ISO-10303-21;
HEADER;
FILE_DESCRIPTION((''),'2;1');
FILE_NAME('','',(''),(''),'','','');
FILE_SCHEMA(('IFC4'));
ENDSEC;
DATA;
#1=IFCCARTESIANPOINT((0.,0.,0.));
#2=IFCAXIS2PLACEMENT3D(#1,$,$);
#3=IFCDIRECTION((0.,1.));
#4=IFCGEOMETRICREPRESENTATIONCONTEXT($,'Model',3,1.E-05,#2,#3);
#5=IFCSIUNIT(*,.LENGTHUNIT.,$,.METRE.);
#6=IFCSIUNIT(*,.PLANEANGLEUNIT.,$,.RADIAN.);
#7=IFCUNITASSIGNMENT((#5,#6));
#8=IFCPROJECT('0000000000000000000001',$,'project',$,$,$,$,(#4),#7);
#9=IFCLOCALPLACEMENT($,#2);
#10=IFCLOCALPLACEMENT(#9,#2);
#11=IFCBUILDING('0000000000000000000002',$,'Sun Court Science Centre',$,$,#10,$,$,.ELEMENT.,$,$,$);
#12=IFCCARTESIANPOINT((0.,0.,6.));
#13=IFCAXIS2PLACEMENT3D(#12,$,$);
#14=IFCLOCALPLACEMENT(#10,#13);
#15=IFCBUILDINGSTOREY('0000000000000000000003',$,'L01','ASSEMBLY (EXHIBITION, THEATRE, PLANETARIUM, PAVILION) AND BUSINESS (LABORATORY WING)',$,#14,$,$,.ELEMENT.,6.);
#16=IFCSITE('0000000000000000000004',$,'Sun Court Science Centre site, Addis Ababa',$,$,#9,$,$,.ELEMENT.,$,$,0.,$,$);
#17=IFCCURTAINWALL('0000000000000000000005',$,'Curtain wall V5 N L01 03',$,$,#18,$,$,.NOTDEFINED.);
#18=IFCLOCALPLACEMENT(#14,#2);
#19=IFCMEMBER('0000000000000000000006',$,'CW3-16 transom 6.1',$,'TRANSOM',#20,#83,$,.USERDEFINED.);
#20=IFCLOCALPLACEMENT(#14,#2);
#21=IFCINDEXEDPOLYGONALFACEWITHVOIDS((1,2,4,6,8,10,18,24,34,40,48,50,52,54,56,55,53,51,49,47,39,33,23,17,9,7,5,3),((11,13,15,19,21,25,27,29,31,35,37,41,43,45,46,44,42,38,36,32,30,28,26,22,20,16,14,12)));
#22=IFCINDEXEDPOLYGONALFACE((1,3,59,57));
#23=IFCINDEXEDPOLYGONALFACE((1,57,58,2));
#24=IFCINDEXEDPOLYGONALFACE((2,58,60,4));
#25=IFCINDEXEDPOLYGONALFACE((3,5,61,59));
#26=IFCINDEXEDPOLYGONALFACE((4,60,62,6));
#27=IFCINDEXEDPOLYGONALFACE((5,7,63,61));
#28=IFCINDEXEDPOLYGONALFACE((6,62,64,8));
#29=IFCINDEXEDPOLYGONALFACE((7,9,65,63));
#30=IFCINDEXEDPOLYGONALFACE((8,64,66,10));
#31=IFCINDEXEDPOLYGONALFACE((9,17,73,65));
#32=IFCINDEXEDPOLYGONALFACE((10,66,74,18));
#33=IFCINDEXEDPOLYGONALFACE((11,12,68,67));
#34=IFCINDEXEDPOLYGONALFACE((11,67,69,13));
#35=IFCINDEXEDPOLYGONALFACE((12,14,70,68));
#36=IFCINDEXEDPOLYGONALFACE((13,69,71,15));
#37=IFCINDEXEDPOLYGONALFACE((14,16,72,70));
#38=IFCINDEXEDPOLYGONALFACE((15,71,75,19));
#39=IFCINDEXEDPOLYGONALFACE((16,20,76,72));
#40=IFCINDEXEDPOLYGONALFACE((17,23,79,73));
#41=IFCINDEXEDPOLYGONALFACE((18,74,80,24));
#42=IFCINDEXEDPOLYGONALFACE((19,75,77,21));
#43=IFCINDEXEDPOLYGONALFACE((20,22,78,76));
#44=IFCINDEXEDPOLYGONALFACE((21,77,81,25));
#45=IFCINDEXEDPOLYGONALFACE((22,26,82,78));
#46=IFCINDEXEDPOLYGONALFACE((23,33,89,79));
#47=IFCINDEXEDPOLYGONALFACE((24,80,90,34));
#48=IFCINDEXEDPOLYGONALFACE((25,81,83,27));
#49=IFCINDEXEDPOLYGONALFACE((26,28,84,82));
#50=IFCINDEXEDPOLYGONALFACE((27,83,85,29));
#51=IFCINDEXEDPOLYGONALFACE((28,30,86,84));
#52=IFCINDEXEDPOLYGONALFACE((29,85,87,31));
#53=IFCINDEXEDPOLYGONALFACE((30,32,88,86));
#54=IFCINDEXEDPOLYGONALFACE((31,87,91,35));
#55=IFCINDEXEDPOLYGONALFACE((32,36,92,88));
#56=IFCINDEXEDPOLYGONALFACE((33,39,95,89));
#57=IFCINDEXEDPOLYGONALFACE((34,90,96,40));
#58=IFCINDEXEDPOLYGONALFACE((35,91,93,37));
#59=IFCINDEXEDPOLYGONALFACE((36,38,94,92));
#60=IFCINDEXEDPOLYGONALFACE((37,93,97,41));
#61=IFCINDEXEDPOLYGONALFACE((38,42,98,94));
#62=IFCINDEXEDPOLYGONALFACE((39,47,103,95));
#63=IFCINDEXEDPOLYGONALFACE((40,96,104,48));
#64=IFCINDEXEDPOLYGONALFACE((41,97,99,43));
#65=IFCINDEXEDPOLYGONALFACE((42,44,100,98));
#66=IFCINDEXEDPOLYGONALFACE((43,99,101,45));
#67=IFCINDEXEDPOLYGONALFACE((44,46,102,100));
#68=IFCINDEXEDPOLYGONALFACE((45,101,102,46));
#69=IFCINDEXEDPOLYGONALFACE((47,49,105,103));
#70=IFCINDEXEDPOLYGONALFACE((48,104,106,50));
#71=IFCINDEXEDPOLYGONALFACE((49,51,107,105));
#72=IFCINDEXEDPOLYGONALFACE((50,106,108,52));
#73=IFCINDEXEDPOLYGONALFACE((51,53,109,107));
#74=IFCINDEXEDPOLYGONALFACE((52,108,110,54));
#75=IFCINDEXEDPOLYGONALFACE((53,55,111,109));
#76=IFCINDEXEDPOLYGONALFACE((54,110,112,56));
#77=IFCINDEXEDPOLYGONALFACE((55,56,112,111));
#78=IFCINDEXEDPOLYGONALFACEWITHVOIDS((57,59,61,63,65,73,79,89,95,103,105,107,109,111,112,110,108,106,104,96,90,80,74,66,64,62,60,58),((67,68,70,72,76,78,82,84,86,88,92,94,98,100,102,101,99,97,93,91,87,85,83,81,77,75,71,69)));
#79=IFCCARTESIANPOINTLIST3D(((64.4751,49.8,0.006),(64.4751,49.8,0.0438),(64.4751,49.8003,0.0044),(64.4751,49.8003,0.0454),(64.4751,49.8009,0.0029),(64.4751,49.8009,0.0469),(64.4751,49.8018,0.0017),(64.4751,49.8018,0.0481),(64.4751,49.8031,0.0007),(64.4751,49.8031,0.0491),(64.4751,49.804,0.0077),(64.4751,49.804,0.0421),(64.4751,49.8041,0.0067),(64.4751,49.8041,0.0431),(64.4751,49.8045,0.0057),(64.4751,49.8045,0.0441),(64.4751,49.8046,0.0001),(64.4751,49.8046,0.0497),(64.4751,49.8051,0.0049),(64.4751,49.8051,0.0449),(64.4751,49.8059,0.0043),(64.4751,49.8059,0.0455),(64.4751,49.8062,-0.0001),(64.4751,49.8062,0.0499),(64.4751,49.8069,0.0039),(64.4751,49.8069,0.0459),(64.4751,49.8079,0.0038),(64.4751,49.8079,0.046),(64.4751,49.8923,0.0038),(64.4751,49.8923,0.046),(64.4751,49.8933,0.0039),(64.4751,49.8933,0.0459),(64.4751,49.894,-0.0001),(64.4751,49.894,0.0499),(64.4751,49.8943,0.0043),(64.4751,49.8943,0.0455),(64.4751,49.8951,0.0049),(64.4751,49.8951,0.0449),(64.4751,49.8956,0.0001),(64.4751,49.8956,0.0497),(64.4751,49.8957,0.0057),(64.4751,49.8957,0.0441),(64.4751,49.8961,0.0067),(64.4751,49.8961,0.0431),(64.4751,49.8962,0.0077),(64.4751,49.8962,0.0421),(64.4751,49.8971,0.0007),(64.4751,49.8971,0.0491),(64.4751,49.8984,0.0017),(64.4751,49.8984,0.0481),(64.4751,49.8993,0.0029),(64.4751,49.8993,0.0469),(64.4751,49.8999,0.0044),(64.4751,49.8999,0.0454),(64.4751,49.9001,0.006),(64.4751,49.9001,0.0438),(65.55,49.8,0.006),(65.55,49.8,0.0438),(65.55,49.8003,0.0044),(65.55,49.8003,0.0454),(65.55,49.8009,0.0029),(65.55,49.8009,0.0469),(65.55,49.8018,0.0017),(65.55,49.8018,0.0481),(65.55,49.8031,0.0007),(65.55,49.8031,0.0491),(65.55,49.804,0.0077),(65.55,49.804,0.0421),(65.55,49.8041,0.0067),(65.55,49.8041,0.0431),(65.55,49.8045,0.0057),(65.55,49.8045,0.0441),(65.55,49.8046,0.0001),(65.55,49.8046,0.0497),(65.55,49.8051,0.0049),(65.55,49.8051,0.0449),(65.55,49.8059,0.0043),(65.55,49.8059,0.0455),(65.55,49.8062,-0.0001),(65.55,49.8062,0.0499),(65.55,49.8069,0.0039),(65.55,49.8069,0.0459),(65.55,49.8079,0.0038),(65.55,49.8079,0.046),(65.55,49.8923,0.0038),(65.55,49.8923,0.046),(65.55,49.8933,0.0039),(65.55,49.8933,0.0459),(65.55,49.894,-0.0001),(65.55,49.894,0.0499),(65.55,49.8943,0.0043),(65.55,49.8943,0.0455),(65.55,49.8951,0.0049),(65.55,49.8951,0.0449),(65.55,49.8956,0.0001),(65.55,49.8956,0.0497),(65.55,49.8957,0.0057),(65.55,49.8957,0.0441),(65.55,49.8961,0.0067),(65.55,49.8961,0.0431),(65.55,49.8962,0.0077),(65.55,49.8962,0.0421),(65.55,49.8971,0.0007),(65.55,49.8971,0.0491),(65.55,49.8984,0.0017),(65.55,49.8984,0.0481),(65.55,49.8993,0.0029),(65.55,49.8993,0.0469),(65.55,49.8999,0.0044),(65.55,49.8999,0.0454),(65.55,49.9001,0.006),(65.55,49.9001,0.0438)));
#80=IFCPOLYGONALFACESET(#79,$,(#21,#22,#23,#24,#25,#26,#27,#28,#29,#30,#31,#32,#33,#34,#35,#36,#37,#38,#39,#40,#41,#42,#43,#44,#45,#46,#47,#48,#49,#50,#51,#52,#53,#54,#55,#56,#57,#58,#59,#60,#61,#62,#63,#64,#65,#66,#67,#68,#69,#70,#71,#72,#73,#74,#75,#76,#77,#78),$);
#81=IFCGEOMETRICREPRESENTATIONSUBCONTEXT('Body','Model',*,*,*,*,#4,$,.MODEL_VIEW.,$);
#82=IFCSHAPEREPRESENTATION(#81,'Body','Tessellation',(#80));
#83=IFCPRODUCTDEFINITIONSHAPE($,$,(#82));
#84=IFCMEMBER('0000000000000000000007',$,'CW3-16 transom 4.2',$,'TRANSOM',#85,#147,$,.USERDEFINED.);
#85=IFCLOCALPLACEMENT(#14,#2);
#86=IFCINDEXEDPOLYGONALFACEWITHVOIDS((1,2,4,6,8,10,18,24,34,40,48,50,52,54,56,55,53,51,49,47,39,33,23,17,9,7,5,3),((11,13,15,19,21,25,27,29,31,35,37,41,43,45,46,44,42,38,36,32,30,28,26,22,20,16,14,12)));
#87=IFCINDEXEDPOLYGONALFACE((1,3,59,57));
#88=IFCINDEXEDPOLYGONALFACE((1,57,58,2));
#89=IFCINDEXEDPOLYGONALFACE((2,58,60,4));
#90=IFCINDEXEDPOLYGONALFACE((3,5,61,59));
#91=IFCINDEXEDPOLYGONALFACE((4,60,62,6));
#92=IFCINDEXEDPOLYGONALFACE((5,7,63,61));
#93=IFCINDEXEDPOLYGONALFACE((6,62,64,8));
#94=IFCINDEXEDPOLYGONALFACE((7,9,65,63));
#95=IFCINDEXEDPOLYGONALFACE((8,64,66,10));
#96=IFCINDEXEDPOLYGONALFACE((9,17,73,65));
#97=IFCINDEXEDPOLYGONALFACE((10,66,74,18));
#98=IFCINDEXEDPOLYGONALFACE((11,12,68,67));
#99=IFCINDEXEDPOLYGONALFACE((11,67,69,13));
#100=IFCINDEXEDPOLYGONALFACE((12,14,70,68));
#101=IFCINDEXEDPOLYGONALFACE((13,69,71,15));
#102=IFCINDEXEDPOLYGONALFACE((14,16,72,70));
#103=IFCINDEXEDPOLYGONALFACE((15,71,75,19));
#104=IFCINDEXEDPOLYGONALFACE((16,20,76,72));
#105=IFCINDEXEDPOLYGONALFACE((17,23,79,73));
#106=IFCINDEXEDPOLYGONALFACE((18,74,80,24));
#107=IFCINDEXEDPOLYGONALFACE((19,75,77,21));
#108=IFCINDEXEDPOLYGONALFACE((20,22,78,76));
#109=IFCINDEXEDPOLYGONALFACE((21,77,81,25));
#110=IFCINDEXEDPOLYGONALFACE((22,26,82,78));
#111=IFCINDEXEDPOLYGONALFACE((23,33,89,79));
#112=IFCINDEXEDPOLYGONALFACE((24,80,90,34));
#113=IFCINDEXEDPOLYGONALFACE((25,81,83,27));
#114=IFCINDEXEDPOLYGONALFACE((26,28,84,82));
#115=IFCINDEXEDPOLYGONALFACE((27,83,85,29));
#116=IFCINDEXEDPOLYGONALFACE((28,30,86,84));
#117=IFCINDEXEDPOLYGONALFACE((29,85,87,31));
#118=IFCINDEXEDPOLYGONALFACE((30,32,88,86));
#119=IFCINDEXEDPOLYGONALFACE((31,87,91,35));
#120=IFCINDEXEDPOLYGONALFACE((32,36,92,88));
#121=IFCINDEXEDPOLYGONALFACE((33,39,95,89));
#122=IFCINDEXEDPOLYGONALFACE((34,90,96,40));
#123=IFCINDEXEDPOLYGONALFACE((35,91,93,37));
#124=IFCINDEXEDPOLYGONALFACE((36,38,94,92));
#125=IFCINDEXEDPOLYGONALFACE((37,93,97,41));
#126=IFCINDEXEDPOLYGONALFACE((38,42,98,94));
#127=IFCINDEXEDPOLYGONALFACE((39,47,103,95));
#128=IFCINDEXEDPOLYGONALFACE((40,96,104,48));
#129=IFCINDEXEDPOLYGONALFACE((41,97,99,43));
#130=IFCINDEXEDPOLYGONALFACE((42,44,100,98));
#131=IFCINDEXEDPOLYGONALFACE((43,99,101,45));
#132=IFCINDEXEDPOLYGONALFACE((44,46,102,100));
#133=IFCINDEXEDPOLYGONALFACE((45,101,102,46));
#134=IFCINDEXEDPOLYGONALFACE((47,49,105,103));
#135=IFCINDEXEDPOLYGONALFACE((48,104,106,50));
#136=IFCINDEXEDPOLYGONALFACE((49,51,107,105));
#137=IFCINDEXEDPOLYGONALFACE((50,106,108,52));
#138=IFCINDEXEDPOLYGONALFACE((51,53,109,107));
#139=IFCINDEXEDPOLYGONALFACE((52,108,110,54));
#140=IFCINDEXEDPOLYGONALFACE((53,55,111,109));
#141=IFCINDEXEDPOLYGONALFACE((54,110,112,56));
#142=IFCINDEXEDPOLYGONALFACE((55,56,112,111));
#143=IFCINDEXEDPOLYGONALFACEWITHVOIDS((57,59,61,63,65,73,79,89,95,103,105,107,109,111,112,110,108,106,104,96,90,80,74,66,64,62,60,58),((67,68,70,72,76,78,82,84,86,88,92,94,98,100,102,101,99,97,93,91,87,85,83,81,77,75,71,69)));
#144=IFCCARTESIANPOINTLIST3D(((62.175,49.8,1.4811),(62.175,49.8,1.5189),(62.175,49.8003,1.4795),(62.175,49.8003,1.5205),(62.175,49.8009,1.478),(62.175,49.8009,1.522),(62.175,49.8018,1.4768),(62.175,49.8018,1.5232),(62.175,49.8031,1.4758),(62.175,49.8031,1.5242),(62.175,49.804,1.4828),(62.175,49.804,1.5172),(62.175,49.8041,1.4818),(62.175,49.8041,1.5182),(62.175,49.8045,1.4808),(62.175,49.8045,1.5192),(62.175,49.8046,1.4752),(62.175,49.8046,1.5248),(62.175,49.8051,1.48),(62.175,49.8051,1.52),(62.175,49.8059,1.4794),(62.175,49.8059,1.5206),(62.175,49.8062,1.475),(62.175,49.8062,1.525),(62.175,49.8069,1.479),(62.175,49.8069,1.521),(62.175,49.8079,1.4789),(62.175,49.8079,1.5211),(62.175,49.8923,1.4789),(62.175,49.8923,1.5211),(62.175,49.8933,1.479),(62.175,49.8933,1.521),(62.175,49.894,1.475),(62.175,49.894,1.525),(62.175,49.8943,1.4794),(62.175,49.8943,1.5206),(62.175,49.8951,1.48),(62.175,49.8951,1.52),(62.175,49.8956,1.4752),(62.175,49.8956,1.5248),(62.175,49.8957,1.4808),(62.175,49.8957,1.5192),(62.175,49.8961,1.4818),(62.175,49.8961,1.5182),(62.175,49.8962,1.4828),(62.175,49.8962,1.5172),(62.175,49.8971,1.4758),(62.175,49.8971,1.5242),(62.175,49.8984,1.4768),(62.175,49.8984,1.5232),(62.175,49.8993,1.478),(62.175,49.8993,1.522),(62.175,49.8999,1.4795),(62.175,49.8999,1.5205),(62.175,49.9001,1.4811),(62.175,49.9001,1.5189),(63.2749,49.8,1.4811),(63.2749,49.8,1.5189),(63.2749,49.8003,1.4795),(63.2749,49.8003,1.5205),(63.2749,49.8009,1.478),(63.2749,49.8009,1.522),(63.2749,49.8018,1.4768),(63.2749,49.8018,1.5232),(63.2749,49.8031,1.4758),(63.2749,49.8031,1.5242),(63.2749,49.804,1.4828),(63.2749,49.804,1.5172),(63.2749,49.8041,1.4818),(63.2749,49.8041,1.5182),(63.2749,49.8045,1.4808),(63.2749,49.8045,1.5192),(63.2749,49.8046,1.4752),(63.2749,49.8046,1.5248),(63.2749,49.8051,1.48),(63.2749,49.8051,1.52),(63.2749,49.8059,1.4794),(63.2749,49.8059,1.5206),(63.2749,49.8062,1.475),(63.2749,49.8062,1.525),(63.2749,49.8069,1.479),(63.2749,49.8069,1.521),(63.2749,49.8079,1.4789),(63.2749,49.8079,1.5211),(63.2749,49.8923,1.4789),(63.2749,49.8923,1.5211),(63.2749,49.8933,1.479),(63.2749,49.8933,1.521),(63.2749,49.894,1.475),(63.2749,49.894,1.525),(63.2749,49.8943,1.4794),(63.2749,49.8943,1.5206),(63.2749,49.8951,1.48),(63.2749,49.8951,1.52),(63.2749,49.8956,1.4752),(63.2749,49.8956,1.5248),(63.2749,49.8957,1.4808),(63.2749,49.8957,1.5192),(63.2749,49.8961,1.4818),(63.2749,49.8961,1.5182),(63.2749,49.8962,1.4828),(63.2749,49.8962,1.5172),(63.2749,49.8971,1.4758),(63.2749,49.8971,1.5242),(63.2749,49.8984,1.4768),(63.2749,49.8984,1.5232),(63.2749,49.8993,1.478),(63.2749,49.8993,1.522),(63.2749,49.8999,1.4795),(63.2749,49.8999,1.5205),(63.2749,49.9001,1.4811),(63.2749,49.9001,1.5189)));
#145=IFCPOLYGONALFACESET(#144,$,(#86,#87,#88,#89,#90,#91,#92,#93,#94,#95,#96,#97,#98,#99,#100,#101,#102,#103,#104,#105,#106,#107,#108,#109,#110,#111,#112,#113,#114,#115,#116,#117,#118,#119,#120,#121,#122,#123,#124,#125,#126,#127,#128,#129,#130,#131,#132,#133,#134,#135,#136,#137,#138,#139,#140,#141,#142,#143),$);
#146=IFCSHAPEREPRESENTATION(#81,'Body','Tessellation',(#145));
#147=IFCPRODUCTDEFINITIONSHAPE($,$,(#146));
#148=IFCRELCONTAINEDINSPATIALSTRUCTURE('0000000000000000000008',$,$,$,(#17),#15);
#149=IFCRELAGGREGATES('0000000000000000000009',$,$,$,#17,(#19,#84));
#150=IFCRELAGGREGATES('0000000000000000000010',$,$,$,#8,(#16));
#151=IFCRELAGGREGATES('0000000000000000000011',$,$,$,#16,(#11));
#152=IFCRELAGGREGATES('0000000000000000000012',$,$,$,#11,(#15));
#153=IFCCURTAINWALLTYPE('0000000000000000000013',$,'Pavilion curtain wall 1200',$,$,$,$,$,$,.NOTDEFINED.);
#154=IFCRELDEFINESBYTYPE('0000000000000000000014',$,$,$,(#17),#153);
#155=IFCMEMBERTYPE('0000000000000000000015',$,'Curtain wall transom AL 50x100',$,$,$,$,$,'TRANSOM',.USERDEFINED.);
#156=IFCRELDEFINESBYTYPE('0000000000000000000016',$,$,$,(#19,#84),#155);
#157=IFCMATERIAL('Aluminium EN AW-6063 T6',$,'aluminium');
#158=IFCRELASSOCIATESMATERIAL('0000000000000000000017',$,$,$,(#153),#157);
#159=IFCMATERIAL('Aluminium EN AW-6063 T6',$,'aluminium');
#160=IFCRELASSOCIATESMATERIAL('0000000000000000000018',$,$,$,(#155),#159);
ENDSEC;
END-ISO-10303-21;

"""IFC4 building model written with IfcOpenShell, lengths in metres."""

from ifc_helpers import new_model, si_unit, direction, frame, origin, origin_2d, place, context, subcontext, project, spatial, hollow_rectangle, extrude, material, material_profile, profile_set, type_object, element, aggregate, save


model = new_model("IFC4")

# Units and contexts
model_context = context("Model", 3, precision=1e-05, world=origin(), true_north=direction((0.0, 1.0)))
body_context = subcontext(model_context, "Body", "Model", "MODEL_VIEW")
ifc_project = project(units=[si_unit("LENGTHUNIT", "METRE"), si_unit("PLANEANGLEUNIT", "RADIAN")], contexts=[model_context])

# Site, building, storey
site_placement = place(None, origin())
site = spatial("IfcSite", under=ifc_project, at=site_placement, Name="Sun Court Science Centre site, Addis Ababa", CompositionType="ELEMENT", RefElevation=0.0)
building_placement = place(site_placement, origin())
building = spatial("IfcBuilding", under=site, at=building_placement, Name="Sun Court Science Centre", CompositionType="ELEMENT")
storey_placement = place(building_placement, frame((0.0, 0.0, 6.0)))
storey = spatial("IfcBuildingStorey", under=building, at=storey_placement, Name="L01", Description="ASSEMBLY (EXHIBITION, THEATRE, PLANETARIUM, PAVILION) AND BUSINESS (LABORATORY WING)", CompositionType="ELEMENT", Elevation=6.0)

# Curtain wall, members
ifc_material_1 = material(Name="Aluminium EN AW-6063 T6", Category="aluminium")
curtain_wall_type = type_object("IfcCurtainWallType", Name="Pavilion curtain wall 1200", PredefinedType="NOTDEFINED", material=ifc_material_1)
curtain_wall_placement = place(storey_placement, origin())
curtain_wall = element("IfcCurtainWall", 1, at=curtain_wall_placement, inside=storey, type_object=curtain_wall_type, Name="Curtain wall V5 N L01 03", PredefinedType="NOTDEFINED")
ifc_material_2 = material(Name="Aluminium EN AW-6063 T6", Category="aluminium")
ifc_material_profile_1 = material_profile(ifc_material_2, hollow_rectangle(XDim=0.05, YDim=0.1001, WallThickness=0.0039, InnerFilletRadius=0.0039, OuterFilletRadius=0.0061, at=origin_2d()), Name="AL 50x100x4")
ifc_profile_set_1 = profile_set([ifc_material_profile_1], Name="Aluminium EN AW-6063 T6")
member_type_1 = type_object("IfcMemberType", Name="Curtain wall transom AL 50x100", ElementType="TRANSOM", PredefinedType="USERDEFINED", material=ifc_profile_set_1)
member_1_placement = place(storey_placement, frame((64.4751, 49.8501, 0.0249), z_axis=(1.0, 0.0, 0.0), x_axis=(0.0, 0.0, 1.0)))
member_1 = element("IfcMember", 2, at=member_1_placement, type_object=member_type_1, Name="CW3-16 transom 6.1", ObjectType="TRANSOM", PredefinedType="USERDEFINED", context=body_context, shape_type="SweptSolid", body=[
    extrude(hollow_rectangle(XDim=0.05, YDim=0.1001, WallThickness=0.0039, InnerFilletRadius=0.0039, OuterFilletRadius=0.0061, at=origin_2d()), origin(), (0.0, 0.0, 1.0), 1.075),
])
member_2_placement = place(storey_placement, frame((62.175, 49.8501, 1.5), z_axis=(1.0, 0.0, 0.0), x_axis=(0.0, 0.0, 1.0)))
member_2 = element("IfcMember", 3, at=member_2_placement, type_object=member_type_1, Name="CW3-16 transom 4.2", ObjectType="TRANSOM", PredefinedType="USERDEFINED", context=body_context, shape_type="SweptSolid", body=[
    extrude(hollow_rectangle(XDim=0.05, YDim=0.1001, WallThickness=0.0039, InnerFilletRadius=0.0039, OuterFilletRadius=0.0061, at=origin_2d()), origin(), (0.0, 0.0, 1.0), 1.0999),
])
aggregate(curtain_wall, [member_1, member_2])

save(model, "model.ifc")
